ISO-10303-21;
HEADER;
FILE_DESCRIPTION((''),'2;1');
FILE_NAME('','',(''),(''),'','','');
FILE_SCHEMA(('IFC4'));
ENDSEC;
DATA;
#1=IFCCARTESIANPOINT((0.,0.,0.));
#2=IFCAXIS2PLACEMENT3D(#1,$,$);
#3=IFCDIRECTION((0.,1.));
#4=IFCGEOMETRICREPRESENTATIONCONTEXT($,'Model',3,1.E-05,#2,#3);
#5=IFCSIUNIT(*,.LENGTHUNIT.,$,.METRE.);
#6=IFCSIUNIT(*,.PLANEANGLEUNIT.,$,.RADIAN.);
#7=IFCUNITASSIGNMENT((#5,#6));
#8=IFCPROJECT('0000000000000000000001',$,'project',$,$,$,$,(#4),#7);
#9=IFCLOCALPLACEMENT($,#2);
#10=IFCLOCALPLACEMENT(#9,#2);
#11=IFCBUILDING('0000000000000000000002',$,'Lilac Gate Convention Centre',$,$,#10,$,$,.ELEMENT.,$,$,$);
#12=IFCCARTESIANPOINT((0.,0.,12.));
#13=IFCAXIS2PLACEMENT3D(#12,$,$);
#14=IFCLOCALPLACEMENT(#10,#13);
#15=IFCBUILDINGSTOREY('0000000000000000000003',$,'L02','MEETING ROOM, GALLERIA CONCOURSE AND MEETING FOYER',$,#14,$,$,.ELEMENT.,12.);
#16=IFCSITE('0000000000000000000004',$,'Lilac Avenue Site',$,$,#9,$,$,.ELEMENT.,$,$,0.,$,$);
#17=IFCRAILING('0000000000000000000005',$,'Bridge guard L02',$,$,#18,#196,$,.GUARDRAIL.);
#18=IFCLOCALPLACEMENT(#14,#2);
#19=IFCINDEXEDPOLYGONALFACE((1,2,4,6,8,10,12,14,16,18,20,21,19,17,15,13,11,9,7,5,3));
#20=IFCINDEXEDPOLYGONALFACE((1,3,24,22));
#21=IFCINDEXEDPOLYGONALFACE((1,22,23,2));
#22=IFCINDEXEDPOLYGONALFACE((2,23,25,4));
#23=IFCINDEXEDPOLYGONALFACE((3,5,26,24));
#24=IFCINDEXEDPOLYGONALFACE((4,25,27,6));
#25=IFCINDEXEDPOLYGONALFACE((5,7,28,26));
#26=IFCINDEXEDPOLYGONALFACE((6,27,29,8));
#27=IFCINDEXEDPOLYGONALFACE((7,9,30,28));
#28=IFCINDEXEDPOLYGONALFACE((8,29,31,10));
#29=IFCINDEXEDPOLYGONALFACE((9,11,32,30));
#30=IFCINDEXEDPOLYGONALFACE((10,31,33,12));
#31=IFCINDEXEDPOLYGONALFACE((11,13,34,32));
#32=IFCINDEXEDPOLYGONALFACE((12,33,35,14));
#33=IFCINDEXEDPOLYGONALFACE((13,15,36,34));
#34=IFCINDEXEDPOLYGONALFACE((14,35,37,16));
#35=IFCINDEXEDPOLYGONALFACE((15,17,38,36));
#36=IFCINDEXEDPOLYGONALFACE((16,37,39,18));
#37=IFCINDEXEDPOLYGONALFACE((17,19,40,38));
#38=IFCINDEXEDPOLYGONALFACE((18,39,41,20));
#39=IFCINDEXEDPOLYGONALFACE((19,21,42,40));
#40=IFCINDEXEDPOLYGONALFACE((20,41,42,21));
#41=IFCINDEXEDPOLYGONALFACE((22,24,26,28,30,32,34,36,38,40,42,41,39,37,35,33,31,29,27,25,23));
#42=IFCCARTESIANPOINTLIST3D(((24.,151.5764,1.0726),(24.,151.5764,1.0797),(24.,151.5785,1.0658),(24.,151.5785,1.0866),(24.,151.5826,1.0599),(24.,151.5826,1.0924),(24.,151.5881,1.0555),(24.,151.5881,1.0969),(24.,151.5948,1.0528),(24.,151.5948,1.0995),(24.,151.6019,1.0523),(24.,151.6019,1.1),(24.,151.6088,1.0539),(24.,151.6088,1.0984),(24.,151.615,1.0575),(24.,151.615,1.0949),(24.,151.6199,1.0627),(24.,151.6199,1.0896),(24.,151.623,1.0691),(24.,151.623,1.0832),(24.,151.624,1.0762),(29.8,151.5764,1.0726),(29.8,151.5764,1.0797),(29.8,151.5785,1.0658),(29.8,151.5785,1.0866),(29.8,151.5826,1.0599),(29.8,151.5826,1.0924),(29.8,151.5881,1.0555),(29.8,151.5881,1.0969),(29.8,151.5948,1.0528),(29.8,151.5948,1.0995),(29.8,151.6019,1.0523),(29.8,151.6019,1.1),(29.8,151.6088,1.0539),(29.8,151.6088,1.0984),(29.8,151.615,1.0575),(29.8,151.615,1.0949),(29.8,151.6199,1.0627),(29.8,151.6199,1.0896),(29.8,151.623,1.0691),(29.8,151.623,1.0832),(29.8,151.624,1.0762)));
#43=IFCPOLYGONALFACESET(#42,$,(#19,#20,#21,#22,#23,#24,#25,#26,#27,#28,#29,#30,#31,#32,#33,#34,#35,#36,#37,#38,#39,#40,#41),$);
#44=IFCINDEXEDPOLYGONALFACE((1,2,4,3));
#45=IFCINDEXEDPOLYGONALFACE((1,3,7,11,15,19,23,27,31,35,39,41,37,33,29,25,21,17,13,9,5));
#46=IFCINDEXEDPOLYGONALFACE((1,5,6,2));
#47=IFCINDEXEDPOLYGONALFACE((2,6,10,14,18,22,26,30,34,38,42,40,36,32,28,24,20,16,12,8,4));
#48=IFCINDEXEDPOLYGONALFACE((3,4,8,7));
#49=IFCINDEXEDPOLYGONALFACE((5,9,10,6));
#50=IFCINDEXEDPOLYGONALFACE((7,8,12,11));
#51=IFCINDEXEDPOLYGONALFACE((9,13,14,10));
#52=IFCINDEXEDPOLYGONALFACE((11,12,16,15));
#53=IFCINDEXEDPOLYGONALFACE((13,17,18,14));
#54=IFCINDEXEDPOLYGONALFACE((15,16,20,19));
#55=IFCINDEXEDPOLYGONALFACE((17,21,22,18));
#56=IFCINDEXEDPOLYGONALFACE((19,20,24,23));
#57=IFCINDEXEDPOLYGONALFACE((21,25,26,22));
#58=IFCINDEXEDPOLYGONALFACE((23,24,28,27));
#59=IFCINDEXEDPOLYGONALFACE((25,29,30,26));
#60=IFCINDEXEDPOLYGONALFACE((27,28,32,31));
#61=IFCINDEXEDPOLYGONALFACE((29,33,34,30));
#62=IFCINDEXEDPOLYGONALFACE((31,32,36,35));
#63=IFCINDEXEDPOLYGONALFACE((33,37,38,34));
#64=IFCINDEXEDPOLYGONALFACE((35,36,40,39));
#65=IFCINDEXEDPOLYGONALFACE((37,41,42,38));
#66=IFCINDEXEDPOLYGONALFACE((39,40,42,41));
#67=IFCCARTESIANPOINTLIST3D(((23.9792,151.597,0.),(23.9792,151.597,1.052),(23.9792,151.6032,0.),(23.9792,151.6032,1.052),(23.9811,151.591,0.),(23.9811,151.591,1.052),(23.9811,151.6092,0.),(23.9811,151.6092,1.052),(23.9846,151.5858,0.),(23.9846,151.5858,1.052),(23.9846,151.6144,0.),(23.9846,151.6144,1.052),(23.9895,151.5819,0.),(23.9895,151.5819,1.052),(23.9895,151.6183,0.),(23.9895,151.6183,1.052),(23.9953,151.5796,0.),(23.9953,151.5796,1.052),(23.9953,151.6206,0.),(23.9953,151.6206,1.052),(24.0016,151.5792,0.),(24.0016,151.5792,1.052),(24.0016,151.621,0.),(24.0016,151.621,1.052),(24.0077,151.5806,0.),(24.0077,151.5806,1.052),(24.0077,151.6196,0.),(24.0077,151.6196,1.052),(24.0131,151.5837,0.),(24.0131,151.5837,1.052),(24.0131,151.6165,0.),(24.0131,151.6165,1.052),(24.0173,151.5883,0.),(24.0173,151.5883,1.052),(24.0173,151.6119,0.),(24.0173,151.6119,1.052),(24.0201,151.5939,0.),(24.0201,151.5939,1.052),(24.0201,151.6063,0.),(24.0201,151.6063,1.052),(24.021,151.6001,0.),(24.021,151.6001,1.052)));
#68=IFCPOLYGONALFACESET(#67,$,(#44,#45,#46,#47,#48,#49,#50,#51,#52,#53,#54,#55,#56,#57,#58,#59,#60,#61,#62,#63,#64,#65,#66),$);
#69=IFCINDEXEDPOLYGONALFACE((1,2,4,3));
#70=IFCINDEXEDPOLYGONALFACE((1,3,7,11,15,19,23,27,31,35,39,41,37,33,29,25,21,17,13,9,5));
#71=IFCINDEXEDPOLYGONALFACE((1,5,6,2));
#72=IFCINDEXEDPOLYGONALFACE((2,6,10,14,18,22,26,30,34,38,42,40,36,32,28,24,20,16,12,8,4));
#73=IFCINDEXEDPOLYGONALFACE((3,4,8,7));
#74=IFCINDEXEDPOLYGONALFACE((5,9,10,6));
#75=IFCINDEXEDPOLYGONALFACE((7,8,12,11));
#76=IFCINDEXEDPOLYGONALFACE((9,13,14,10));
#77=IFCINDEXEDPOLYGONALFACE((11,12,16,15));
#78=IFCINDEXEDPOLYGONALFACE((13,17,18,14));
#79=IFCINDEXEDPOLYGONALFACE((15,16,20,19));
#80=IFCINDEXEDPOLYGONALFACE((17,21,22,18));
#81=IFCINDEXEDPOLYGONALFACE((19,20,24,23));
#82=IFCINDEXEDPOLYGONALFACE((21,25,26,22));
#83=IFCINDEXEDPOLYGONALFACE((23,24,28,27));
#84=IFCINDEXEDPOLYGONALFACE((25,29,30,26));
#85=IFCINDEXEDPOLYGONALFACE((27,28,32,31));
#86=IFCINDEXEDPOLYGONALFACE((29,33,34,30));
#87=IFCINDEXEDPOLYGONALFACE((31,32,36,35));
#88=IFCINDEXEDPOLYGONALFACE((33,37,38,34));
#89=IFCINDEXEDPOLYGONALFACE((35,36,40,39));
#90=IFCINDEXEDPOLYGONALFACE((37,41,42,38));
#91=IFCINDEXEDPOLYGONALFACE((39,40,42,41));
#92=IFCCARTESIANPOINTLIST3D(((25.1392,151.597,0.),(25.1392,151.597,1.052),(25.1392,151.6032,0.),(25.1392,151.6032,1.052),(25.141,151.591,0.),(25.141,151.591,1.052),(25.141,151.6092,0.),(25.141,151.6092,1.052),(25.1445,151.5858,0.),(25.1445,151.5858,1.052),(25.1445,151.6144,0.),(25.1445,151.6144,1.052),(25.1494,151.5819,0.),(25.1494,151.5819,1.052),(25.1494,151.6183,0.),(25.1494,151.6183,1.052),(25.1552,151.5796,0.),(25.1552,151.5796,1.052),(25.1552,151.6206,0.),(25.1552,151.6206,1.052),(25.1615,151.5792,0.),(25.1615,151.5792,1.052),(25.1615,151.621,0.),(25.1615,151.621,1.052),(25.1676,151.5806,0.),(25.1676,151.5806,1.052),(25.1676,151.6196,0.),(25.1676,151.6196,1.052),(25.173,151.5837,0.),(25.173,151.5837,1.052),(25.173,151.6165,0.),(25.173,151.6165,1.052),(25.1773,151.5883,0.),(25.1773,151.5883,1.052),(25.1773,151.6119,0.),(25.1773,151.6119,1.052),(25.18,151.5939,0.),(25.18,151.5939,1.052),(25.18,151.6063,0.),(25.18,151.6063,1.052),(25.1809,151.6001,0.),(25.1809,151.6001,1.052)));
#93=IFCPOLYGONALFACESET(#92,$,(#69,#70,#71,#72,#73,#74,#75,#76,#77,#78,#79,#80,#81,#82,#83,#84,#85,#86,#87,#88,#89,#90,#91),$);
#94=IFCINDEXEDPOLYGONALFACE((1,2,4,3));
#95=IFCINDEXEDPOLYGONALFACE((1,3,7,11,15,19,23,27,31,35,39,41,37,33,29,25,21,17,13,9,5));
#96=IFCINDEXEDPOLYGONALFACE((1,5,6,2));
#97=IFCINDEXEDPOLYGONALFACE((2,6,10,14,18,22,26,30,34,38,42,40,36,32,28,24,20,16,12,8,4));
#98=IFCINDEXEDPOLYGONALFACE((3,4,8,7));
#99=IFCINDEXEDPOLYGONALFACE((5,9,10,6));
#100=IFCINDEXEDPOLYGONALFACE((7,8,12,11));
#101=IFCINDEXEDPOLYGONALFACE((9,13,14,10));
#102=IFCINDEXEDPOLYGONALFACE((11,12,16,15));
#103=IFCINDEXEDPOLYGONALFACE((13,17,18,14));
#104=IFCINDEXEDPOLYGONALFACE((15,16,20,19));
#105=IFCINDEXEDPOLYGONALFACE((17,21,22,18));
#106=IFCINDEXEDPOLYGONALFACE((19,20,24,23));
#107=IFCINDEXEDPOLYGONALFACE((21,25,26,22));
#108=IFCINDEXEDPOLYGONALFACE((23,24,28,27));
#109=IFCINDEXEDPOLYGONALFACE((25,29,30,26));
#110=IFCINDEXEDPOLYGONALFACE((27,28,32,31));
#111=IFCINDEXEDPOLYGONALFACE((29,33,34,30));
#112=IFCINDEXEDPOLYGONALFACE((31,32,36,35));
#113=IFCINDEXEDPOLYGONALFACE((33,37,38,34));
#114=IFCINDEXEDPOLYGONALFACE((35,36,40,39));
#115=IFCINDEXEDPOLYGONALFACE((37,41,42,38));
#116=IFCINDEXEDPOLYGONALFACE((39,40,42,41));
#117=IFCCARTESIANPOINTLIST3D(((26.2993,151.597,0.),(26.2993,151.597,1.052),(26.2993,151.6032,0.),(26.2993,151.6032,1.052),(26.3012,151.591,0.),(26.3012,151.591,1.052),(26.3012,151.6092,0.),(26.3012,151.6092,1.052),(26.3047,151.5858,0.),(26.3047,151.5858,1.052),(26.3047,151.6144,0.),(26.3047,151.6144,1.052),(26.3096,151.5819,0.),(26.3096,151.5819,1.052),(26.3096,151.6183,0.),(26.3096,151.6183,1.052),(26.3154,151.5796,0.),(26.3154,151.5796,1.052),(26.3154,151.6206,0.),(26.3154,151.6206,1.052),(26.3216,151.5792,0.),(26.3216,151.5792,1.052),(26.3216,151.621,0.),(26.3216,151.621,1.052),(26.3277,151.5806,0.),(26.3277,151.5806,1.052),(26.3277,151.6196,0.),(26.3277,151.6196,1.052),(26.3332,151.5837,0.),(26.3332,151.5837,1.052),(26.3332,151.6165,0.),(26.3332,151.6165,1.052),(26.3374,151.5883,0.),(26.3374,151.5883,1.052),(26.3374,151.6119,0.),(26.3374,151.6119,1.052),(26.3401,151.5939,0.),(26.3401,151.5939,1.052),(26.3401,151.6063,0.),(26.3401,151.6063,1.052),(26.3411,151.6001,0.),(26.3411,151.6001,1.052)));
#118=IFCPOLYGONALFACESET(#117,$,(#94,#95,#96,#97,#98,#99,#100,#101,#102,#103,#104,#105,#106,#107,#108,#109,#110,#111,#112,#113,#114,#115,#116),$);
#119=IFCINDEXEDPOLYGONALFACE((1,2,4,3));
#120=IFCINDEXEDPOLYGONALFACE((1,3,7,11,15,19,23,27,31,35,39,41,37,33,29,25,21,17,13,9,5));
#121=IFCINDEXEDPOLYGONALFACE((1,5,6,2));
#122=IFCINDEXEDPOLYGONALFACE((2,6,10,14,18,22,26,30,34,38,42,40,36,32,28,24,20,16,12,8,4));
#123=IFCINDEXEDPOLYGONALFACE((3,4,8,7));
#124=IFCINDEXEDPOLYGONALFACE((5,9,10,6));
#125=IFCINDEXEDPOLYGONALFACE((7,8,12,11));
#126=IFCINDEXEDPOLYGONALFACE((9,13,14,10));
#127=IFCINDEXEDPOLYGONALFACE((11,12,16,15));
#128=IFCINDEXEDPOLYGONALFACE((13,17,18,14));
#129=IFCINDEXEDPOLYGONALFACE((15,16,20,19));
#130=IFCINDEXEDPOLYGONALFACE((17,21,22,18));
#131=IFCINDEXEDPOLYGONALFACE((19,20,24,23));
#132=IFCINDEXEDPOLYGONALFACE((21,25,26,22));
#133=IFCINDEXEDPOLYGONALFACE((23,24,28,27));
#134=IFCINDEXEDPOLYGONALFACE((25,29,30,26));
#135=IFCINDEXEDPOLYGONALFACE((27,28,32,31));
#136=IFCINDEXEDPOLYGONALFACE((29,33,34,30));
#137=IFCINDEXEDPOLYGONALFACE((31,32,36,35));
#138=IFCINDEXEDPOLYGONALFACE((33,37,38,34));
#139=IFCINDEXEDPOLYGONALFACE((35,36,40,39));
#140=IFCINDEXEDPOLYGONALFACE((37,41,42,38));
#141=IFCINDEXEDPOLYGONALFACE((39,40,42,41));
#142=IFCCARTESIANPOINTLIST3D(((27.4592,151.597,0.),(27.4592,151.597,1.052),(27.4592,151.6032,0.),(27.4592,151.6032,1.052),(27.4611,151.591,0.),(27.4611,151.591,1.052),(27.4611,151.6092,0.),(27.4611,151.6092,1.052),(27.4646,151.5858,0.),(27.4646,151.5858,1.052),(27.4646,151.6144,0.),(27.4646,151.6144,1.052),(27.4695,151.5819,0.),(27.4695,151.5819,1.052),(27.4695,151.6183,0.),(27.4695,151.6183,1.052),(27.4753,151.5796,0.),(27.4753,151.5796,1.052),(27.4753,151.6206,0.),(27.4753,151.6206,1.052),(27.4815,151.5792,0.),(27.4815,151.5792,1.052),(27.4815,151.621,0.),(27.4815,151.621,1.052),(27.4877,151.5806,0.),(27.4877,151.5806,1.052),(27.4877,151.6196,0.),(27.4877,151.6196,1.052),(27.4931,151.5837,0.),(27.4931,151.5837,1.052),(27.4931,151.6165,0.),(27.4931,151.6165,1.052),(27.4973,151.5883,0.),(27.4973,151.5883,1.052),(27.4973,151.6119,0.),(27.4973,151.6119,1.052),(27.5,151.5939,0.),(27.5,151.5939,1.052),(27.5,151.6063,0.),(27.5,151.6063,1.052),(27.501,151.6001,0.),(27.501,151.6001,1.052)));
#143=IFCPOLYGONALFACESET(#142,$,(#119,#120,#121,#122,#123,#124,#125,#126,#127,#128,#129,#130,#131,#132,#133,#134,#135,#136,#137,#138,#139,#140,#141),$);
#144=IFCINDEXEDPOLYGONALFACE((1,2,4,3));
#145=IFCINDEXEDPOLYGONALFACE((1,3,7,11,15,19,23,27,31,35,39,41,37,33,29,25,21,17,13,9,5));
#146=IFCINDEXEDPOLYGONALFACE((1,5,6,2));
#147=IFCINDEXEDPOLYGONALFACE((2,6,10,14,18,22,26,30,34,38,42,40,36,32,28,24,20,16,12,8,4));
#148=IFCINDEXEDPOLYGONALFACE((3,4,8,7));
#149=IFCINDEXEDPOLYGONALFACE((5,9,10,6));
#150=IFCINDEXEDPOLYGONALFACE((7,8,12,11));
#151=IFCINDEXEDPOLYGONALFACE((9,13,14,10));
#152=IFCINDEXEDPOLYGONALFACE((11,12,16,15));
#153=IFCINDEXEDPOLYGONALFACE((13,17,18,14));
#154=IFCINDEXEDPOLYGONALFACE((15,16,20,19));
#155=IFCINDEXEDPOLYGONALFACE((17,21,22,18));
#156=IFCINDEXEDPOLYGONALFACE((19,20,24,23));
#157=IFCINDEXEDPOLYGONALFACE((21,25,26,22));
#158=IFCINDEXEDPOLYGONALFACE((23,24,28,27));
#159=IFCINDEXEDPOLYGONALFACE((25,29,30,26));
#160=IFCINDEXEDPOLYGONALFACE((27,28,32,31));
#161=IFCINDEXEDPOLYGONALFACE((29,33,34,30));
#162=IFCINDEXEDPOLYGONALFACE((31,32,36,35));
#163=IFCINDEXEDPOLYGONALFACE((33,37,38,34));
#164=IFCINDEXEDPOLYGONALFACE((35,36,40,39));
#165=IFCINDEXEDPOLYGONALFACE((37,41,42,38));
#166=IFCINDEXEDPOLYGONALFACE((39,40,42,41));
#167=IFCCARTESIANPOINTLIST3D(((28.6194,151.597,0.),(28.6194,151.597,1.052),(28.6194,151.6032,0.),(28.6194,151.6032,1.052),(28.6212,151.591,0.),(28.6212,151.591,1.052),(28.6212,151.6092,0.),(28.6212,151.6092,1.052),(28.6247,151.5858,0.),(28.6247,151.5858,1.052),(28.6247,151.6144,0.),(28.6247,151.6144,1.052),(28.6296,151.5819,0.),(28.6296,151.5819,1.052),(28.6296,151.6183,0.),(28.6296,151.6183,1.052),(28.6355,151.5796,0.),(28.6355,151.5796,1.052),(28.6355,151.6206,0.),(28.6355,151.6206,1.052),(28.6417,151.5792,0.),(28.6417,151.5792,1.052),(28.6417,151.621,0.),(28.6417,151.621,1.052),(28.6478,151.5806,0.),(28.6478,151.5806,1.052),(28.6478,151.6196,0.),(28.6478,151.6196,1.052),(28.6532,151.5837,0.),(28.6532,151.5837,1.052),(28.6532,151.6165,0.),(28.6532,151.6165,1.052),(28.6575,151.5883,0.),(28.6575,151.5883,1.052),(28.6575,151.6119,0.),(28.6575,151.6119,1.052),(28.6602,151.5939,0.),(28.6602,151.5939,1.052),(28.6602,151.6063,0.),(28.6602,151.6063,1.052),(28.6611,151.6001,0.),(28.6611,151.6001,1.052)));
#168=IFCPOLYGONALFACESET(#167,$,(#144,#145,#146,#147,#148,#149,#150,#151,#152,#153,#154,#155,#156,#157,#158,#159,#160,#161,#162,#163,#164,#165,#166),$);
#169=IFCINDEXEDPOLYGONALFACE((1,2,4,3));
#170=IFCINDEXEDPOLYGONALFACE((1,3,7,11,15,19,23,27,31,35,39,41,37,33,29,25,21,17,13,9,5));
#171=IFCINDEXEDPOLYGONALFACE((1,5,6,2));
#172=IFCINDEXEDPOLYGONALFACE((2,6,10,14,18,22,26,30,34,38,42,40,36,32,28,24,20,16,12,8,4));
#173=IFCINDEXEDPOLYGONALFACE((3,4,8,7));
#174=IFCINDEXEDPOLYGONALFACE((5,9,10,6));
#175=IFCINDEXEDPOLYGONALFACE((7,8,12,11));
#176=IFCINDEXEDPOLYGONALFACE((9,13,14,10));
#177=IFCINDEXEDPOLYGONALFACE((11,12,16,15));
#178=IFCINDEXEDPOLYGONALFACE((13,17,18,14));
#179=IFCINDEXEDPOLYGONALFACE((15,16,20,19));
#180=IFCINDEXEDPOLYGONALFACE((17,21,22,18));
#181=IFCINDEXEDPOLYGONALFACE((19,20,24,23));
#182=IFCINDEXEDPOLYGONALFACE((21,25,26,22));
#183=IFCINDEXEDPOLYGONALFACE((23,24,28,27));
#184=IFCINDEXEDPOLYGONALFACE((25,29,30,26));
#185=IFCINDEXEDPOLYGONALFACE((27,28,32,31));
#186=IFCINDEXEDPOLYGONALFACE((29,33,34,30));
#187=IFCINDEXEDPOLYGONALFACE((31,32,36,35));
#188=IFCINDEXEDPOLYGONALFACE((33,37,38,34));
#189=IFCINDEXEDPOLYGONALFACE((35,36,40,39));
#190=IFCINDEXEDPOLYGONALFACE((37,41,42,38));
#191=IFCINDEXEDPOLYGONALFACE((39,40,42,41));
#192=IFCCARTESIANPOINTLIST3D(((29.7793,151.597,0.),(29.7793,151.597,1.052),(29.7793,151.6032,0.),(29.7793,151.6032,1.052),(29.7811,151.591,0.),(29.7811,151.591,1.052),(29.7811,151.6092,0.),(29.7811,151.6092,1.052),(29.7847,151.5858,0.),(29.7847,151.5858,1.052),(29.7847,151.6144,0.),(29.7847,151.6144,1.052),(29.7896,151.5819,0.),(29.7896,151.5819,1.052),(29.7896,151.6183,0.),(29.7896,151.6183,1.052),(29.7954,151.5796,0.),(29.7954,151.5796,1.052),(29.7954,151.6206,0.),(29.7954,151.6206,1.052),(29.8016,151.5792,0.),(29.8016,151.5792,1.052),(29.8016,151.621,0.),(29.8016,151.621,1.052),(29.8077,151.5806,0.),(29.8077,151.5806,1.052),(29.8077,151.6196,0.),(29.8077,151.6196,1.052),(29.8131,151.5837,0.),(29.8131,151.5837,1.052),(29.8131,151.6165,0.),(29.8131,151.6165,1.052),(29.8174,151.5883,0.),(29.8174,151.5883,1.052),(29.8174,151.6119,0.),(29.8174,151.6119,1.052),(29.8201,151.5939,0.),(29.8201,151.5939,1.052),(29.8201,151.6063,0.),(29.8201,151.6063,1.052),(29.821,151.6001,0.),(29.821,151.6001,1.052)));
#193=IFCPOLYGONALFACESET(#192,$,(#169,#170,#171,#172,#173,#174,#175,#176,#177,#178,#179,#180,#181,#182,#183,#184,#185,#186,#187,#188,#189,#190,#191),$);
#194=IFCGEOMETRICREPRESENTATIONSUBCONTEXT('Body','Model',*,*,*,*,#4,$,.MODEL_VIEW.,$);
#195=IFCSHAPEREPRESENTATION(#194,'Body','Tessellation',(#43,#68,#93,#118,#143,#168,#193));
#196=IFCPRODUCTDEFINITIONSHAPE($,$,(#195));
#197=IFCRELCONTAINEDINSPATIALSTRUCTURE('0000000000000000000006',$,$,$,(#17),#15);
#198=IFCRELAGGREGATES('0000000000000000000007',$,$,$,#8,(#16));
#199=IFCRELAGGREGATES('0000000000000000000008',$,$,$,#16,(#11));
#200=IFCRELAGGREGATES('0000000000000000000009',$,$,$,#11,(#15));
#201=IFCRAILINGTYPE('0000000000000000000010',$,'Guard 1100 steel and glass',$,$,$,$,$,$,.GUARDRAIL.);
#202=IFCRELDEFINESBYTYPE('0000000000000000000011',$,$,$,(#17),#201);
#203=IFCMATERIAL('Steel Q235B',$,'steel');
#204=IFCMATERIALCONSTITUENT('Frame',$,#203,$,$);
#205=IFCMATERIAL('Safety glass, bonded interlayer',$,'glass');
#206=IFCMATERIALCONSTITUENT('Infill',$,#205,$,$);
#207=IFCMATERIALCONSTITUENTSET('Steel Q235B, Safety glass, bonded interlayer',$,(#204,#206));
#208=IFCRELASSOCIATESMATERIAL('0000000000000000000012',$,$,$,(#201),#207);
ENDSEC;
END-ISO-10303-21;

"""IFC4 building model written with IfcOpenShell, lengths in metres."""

from ifc_helpers import new_model, si_unit, direction, frame, origin, origin_2d, place, context, subcontext, project, spatial, circle, extrude, material, constituent, constituent_set, type_object, element, save


model = new_model("IFC4")

# Units and contexts
model_context = context("Model", 3, precision=1e-05, world=origin(), true_north=direction((0.0, 1.0)))
body_context = subcontext(model_context, "Body", "Model", "MODEL_VIEW")
ifc_project = project(units=[si_unit("LENGTHUNIT", "METRE"), si_unit("PLANEANGLEUNIT", "RADIAN")], contexts=[model_context])

# Site, building, storey
site_placement = place(None, origin())
site = spatial("IfcSite", under=ifc_project, at=site_placement, Name="Lilac Avenue Site", CompositionType="ELEMENT", RefElevation=0.0)
building_placement = place(site_placement, origin())
building = spatial("IfcBuilding", under=site, at=building_placement, Name="Lilac Gate Convention Centre", CompositionType="ELEMENT")
storey_placement = place(building_placement, frame((0.0, 0.0, 12.0)))
storey = spatial("IfcBuildingStorey", under=building, at=storey_placement, Name="L02", Description="MEETING ROOM, GALLERIA CONCOURSE AND MEETING FOYER", CompositionType="ELEMENT", Elevation=12.0)

# Railing
ifc_material_1 = material(Name="Steel Q235B", Category="steel")
ifc_constituent_1 = constituent(ifc_material_1, Name="Frame")
ifc_material_2 = material(Name="Safety glass, bonded interlayer", Category="glass")
ifc_constituent_2 = constituent(ifc_material_2, Name="Infill")
ifc_constituent_set = constituent_set(constituents=[ifc_constituent_1, ifc_constituent_2], Name="Steel Q235B, Safety glass, bonded interlayer")
railing_type = type_object("IfcRailingType", Name="Guard 1100 steel and glass", PredefinedType="GUARDRAIL", material=ifc_constituent_set)
for number, where, name in (
    (1, (24.0, 151.6001, 0.0), "Bridge guard L02"),
):
    element("IfcRailing", number, at=place(storey_placement, frame(where)), inside=storey, type_object=railing_type, Name=name, PredefinedType="GUARDRAIL", context=body_context, shape_type="SweptSolid", body=[
        extrude(circle(Radius=0.0239, at=origin_2d()), frame((0.0, 0.0, 1.0762), z_axis=(1.0, 0.0, 0.0), x_axis=(0.0, 1.0, 0.0)), (0.0, 0.0, 1.0), 5.8),
        extrude(circle(Radius=0.021, at=origin_2d()), origin(), (0.0, 0.0, 1.0), 1.052),
        extrude(circle(Radius=0.021, at=origin_2d()), frame((1.1599, 0.0, 0.0)), (0.0, 0.0, 1.0), 1.052),
        extrude(circle(Radius=0.021, at=origin_2d()), frame((2.3201, 0.0, 0.0)), (0.0, 0.0, 1.0), 1.052),
        extrude(circle(Radius=0.021, at=origin_2d()), frame((3.48, 0.0, 0.0)), (0.0, 0.0, 1.0), 1.052),
        extrude(circle(Radius=0.021, at=origin_2d()), frame((4.6401, 0.0, 0.0)), (0.0, 0.0, 1.0), 1.052),
        extrude(circle(Radius=0.021, at=origin_2d()), frame((5.8, 0.0, 0.0)), (0.0, 0.0, 1.0), 1.052),
    ])

save(model, "model.ifc")
